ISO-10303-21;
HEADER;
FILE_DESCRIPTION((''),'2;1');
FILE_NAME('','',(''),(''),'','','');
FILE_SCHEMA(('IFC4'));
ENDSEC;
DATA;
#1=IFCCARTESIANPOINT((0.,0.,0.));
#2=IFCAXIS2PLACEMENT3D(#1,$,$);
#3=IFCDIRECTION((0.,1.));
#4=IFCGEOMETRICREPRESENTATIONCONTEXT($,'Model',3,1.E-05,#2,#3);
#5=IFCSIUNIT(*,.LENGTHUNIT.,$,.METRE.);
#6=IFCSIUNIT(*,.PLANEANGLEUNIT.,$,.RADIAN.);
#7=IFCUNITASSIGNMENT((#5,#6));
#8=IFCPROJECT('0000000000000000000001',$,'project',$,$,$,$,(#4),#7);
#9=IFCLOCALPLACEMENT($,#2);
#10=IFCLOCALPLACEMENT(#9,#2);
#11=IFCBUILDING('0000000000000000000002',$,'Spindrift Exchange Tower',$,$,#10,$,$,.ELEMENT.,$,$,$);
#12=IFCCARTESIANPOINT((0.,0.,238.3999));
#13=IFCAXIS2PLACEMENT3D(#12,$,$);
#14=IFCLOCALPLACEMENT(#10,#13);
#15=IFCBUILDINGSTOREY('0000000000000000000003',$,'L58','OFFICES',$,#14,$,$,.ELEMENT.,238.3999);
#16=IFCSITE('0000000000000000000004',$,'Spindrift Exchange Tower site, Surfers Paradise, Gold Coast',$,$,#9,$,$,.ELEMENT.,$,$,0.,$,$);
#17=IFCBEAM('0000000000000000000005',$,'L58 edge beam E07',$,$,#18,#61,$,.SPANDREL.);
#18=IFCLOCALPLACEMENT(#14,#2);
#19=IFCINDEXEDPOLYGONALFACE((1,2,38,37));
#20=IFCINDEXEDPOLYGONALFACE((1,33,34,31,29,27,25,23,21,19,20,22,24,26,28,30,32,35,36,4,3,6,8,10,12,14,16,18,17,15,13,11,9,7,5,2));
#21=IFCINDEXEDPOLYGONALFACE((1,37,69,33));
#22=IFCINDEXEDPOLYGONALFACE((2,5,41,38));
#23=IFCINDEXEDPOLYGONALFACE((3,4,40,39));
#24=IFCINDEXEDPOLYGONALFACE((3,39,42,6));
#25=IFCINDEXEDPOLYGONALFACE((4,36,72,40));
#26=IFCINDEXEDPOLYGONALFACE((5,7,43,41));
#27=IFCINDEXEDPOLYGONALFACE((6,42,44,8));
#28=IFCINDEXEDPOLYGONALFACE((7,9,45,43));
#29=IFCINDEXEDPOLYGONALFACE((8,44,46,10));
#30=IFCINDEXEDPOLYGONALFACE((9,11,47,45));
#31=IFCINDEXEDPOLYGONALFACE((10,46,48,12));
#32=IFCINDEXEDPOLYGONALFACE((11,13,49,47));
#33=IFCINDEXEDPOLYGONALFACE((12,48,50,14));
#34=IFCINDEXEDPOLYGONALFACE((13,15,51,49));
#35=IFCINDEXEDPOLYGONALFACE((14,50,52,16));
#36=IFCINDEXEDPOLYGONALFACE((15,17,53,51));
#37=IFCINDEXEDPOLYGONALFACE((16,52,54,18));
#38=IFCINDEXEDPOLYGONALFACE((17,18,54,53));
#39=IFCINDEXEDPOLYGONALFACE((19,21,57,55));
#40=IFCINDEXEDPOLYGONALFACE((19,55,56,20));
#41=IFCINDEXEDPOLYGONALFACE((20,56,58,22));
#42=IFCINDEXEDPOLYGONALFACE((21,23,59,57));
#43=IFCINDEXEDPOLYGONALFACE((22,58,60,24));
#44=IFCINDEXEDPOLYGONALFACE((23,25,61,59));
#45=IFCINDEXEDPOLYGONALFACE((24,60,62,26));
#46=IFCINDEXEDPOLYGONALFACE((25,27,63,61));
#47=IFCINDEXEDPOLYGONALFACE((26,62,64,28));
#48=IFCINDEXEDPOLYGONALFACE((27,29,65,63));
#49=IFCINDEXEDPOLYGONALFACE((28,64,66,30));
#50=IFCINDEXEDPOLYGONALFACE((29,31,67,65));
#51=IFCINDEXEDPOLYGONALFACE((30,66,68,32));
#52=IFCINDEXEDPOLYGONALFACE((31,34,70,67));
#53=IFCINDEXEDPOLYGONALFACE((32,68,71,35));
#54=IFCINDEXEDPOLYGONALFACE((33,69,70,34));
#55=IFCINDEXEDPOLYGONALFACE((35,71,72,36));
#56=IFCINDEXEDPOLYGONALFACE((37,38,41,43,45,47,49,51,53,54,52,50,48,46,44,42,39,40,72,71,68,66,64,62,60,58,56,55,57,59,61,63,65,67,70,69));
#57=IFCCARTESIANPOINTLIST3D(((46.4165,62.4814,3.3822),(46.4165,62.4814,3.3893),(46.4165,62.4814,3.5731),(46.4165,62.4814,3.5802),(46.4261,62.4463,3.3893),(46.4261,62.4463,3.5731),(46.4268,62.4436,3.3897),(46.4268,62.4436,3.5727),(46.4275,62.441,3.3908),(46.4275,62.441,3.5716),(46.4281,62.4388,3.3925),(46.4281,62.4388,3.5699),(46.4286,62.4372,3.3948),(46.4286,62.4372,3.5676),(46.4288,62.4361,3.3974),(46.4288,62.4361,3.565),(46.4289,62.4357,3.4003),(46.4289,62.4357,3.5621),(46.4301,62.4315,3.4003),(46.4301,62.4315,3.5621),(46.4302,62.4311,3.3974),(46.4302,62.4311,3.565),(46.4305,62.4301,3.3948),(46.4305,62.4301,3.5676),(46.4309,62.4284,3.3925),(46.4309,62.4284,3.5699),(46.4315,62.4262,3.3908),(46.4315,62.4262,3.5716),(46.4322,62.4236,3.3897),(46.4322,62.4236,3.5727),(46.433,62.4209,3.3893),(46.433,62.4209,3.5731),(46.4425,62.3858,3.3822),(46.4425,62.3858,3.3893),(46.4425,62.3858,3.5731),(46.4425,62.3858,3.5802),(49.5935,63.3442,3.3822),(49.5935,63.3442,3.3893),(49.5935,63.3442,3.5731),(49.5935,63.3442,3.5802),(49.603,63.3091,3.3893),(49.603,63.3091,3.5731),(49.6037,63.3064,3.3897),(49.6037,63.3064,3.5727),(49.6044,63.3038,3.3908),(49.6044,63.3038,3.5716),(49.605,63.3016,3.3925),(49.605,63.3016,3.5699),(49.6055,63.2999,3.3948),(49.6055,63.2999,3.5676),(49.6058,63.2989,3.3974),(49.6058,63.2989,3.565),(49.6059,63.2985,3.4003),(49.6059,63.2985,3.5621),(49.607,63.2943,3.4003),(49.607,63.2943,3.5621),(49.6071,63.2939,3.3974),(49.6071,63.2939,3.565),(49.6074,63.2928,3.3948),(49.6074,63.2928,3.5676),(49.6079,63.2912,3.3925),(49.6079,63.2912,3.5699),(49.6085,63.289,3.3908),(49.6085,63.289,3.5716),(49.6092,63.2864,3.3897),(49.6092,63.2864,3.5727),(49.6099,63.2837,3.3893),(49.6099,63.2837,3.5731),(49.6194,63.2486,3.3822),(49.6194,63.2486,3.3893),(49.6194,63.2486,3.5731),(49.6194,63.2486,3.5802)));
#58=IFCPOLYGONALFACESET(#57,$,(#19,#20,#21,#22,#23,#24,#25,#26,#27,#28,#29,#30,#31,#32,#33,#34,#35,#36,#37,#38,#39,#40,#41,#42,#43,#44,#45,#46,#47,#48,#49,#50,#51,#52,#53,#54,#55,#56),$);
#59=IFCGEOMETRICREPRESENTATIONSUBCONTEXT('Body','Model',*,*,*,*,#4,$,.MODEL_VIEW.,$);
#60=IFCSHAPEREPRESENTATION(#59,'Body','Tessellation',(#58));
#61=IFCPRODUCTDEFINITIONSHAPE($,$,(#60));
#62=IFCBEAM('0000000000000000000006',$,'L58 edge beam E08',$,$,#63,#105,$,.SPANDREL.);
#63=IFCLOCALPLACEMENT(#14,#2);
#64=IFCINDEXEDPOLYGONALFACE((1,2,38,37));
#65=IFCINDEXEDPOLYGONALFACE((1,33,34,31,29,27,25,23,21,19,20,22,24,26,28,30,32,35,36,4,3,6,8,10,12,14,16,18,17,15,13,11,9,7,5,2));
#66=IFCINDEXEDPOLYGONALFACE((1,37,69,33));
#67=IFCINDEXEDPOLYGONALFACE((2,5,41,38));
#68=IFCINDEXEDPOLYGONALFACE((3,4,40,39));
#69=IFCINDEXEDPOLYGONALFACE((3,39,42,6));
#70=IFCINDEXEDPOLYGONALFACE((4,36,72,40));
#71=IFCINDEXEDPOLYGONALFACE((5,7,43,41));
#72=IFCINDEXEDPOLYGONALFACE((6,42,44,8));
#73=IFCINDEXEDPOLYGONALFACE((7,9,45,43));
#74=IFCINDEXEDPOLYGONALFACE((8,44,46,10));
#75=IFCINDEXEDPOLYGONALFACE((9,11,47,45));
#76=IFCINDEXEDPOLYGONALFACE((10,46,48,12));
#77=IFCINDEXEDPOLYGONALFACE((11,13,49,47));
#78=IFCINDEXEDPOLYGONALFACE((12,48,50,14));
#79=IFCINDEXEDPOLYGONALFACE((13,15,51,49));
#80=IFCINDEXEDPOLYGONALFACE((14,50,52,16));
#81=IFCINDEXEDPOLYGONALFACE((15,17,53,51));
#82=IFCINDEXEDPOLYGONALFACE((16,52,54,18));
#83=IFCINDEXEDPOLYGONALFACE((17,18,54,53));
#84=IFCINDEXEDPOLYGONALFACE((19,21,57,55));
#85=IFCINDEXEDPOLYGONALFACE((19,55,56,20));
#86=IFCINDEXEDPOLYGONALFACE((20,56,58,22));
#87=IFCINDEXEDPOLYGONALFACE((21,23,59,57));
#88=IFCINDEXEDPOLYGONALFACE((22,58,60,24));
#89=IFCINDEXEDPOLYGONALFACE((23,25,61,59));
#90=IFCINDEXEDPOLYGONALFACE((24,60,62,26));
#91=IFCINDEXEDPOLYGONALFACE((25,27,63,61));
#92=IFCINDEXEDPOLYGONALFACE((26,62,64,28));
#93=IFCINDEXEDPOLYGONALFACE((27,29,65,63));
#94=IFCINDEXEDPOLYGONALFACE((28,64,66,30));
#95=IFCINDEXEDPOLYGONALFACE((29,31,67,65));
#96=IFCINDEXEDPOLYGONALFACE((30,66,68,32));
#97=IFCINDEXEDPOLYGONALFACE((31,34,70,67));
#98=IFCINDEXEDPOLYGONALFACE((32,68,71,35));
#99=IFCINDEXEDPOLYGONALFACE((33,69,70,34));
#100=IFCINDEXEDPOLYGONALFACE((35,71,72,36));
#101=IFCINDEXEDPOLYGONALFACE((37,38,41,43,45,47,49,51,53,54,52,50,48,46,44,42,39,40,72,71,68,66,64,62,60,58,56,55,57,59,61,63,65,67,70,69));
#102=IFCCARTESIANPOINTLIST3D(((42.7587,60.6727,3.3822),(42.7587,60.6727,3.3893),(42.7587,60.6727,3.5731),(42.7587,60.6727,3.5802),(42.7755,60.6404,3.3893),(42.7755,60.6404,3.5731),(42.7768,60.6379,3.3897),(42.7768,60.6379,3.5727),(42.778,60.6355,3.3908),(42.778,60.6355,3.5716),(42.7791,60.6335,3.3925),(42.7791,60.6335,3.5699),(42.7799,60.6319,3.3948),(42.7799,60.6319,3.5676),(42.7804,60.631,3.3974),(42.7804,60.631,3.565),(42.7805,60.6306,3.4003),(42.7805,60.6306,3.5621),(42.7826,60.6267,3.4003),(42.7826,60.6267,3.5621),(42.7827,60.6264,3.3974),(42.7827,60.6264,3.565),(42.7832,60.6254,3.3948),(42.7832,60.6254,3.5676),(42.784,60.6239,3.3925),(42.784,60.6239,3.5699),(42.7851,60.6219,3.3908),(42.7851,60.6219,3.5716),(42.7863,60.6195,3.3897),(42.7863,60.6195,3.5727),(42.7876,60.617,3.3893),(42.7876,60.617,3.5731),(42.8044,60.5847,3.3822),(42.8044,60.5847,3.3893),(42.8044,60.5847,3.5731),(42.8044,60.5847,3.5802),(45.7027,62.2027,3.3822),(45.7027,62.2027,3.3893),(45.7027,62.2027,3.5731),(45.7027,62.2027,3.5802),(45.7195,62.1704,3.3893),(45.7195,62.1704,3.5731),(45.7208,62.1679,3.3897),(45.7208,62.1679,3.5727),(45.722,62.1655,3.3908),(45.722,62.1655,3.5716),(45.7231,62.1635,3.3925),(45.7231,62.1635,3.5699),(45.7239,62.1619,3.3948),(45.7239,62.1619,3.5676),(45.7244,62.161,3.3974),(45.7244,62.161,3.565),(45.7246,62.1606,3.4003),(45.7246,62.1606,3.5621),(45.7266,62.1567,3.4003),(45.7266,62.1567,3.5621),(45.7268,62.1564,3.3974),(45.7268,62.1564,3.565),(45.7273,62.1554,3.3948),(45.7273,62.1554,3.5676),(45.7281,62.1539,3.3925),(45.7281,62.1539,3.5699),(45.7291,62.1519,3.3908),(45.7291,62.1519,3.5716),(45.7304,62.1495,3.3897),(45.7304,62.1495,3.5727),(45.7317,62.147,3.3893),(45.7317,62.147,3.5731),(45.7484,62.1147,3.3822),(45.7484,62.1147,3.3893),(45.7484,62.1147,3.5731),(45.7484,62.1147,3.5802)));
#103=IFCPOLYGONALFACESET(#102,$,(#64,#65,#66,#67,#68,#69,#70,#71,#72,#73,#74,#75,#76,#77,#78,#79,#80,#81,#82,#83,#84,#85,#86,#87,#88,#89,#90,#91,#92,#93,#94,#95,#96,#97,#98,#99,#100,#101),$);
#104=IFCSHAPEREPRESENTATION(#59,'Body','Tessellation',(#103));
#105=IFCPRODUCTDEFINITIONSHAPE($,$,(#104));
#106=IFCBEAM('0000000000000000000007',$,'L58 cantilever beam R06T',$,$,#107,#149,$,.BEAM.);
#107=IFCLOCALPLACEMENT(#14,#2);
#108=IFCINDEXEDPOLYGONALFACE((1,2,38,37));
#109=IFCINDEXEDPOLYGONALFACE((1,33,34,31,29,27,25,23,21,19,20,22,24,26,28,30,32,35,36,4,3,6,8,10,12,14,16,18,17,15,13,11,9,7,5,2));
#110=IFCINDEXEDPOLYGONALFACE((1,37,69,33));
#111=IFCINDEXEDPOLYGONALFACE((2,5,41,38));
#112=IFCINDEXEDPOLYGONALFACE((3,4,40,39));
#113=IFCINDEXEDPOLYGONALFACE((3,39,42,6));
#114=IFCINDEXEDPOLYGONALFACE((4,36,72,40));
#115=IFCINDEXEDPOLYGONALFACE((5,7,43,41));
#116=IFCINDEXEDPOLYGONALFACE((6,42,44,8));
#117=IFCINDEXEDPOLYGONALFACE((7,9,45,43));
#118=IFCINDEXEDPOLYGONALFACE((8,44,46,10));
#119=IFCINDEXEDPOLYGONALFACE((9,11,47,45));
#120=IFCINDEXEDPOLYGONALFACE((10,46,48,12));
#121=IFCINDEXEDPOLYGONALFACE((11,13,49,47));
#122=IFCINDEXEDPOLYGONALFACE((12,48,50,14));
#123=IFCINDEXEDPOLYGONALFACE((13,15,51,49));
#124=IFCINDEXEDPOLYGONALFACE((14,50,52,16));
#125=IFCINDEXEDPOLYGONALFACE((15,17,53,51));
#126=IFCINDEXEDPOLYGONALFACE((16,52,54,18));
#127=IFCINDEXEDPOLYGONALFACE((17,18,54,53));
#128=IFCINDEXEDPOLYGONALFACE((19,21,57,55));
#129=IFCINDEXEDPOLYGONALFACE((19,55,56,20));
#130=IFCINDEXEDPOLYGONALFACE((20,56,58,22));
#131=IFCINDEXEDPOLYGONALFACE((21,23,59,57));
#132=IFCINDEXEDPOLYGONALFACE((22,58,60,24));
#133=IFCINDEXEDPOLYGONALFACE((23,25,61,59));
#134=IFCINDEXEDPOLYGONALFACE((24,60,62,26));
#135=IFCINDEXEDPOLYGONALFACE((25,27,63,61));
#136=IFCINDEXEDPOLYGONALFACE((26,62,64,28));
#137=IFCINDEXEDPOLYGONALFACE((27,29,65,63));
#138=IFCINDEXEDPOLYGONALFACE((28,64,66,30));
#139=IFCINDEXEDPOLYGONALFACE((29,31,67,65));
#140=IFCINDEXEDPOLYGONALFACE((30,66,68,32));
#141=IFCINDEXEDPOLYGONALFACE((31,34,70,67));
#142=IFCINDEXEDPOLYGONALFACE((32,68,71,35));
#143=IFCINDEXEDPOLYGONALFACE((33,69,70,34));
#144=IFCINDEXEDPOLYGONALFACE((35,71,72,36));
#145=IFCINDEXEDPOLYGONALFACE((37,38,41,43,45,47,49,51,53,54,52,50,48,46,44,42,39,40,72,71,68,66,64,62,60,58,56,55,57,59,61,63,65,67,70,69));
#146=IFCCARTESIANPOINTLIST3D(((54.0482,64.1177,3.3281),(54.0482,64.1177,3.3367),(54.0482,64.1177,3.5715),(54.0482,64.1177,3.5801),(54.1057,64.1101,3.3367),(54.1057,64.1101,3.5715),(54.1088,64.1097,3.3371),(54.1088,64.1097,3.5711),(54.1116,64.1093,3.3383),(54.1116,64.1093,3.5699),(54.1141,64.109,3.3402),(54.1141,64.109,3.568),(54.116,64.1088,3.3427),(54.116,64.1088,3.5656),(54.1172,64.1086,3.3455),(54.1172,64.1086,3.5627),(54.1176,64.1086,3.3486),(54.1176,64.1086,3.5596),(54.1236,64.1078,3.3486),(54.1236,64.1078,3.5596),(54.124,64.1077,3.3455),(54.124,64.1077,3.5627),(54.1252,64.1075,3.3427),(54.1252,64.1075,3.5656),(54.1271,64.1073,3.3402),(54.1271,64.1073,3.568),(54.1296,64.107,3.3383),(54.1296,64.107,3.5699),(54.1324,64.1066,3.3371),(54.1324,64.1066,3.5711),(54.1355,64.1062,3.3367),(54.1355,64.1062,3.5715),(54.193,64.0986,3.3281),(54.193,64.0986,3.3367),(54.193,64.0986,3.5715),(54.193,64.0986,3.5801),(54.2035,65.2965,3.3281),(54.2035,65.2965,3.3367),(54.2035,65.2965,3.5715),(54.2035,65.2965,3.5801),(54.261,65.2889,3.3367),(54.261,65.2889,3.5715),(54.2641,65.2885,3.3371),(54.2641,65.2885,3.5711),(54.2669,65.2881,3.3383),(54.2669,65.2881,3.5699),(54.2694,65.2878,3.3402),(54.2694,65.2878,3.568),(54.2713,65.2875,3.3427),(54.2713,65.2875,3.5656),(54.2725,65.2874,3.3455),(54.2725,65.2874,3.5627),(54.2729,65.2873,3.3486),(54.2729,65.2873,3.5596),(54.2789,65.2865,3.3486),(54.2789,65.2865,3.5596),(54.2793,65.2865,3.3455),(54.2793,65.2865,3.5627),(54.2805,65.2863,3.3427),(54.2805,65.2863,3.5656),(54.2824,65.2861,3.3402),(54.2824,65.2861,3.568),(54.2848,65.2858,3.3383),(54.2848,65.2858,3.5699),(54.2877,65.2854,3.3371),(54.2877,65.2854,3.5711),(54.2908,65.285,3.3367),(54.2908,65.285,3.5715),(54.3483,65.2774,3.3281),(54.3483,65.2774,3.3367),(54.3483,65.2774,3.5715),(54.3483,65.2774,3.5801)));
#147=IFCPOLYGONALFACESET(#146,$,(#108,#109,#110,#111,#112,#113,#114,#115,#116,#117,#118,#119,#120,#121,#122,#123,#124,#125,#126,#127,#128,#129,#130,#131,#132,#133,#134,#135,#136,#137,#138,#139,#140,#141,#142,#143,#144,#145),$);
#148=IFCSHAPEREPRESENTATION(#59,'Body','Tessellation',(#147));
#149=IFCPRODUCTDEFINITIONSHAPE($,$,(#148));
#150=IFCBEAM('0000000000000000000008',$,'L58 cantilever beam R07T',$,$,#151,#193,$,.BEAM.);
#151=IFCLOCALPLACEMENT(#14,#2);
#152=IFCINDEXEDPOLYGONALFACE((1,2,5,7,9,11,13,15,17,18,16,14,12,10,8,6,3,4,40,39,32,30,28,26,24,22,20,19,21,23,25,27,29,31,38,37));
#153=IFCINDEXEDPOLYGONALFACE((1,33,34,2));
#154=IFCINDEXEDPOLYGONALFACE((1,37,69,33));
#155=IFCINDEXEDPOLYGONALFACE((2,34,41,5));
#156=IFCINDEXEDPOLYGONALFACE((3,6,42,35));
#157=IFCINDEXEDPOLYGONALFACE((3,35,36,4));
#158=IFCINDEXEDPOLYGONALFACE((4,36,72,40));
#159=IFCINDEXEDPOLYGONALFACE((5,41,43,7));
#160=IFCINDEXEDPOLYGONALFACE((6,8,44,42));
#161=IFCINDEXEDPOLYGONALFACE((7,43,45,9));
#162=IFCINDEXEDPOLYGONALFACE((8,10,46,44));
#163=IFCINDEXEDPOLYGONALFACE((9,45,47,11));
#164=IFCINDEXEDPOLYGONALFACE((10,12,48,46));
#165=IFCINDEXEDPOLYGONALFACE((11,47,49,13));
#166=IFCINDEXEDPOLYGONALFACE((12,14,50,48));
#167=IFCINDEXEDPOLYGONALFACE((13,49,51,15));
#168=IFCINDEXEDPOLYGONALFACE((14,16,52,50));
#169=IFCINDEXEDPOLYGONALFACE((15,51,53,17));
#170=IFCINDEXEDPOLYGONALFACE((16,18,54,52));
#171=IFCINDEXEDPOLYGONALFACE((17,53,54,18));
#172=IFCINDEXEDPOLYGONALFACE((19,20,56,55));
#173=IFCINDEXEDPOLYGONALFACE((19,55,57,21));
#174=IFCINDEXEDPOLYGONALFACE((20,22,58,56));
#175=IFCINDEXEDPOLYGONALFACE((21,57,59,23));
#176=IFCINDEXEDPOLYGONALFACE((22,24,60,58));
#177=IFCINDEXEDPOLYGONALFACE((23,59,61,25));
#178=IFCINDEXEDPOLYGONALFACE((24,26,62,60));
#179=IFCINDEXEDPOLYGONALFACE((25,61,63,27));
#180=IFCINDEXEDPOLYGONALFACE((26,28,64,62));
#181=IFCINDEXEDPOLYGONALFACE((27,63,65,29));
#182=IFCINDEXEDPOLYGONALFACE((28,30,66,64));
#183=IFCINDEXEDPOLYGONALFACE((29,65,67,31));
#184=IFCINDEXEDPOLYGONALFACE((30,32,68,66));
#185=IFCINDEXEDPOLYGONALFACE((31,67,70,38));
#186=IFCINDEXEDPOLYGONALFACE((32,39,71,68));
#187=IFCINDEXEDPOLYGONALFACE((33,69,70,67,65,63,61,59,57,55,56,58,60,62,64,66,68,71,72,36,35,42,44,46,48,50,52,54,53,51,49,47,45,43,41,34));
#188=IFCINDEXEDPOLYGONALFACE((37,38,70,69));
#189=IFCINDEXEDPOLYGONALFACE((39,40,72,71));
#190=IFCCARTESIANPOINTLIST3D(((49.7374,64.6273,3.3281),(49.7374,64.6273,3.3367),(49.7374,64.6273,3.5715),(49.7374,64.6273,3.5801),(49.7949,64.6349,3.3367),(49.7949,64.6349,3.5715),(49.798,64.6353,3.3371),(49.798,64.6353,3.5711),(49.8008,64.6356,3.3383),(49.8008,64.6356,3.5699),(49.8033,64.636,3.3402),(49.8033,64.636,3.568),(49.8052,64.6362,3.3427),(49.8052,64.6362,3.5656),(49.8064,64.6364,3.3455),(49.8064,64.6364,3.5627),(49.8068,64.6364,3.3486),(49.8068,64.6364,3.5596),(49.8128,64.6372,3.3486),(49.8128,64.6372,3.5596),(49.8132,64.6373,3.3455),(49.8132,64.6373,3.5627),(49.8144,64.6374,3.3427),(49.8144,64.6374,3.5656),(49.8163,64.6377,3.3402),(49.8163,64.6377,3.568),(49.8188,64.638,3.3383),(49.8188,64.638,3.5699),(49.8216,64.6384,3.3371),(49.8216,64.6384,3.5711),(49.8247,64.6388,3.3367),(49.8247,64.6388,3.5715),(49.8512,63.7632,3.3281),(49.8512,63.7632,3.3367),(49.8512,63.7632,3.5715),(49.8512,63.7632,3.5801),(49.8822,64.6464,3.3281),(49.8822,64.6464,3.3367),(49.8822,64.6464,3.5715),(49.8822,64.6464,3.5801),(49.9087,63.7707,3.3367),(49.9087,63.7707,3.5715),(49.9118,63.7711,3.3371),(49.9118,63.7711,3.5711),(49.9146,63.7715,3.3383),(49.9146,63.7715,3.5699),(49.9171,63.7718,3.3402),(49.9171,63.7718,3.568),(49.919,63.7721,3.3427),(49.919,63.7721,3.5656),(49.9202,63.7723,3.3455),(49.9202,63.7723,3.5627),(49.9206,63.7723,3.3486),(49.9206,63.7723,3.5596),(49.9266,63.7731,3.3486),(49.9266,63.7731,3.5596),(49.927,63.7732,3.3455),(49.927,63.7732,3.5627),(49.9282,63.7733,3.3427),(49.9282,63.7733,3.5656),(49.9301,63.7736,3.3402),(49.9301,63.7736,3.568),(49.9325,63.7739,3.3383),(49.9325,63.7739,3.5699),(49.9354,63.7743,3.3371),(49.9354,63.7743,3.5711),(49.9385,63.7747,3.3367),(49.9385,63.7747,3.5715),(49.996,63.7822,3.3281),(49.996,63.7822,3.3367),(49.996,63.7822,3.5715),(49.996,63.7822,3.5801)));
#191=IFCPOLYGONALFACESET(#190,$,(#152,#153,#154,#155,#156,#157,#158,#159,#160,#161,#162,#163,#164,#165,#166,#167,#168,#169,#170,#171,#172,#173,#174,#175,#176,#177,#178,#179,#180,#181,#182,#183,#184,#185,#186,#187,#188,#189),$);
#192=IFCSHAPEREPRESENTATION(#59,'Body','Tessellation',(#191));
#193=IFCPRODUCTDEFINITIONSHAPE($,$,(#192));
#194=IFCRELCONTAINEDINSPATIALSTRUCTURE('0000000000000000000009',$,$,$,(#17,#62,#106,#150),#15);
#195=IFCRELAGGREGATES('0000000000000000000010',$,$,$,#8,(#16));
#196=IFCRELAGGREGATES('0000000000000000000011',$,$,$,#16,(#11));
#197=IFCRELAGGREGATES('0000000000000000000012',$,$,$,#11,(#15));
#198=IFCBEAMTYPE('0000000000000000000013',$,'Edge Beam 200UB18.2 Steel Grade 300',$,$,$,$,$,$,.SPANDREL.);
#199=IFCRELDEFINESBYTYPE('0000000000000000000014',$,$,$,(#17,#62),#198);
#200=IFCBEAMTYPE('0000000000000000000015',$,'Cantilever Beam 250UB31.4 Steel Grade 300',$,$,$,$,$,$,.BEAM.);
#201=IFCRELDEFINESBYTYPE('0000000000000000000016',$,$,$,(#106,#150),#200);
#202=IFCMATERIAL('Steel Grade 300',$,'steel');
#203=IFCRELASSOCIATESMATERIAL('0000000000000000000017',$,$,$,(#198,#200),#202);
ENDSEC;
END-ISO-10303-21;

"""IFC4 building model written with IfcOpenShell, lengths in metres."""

from ifc_helpers import new_model, si_unit, direction, frame, origin, origin_2d, place, context, subcontext, project, spatial, i_section, extrude, source, transform, mapped, material, material_profile, profile_set, type_object, element, save


model = new_model("IFC4")

# Units and contexts
model_context = context("Model", 3, precision=1e-05, world=origin(), true_north=direction((0.0, 1.0)))
body_context = subcontext(model_context, "Body", "Model", "MODEL_VIEW")
ifc_project = project(units=[si_unit("LENGTHUNIT", "METRE"), si_unit("PLANEANGLEUNIT", "RADIAN")], contexts=[model_context])

# Site, building, storey
site_placement = place(None, origin())
site = spatial("IfcSite", under=ifc_project, at=site_placement, Name="Spindrift Exchange Tower site, Surfers Paradise, Gold Coast", CompositionType="ELEMENT", RefElevation=0.0)
building_placement = place(site_placement, origin())
building = spatial("IfcBuilding", under=site, at=building_placement, Name="Spindrift Exchange Tower", CompositionType="ELEMENT")
storey_placement = place(building_placement, frame((0.0, 0.0, 238.3999)))
storey = spatial("IfcBuildingStorey", under=building, at=storey_placement, Name="L58", Description="OFFICES", CompositionType="ELEMENT", Elevation=238.3999)

# Beams
ifc_material_1 = material(Name="Steel Grade 300", Category="steel")
ifc_material_profile_1 = material_profile(ifc_material_1, i_section(OverallWidth=0.0991, OverallDepth=0.198, WebThickness=0.0044, FlangeThickness=0.0071, FilletRadius=0.011, at=origin_2d()), Name="200UB18.2")
ifc_profile_set_1 = profile_set([ifc_material_profile_1], Name="Steel Grade 300")
beam_type_1 = type_object("IfcBeamType", Name="Edge Beam 200UB18.2 Steel Grade 300", PredefinedType="SPANDREL", material=ifc_profile_set_1)
shared_shape_1 = source(origin(), body_context, "Body", "SweptSolid", [
    extrude(i_section(OverallWidth=0.0991, OverallDepth=0.198, WebThickness=0.0044, FlangeThickness=0.0071, FilletRadius=0.011, at=origin_2d()), origin(), (0.0, 0.0, 1.0), 3.292),
])
beam_1_placement = place(storey_placement, frame((49.6064, 63.2964, 3.4812), z_axis=(-0.965046, -0.262082, 0.0), x_axis=(0.262082, -0.965046, 0.0)))
element("IfcBeam", 1, at=beam_1_placement, inside=storey, type_object=beam_type_1, Name="L58 edge beam E07", PredefinedType="SPANDREL", context=body_context, shape_type="MappedRepresentation", body=[
    mapped(shared_shape_1, transform((0.0, 0.0, 0.0), scale=1.0)),
])
shared_shape_2 = source(origin(), body_context, "Body", "SweptSolid", [
    extrude(i_section(OverallWidth=0.0991, OverallDepth=0.198, WebThickness=0.0044, FlangeThickness=0.0071, FilletRadius=0.011, at=origin_2d()), origin(), (0.0, 0.0, 1.0), 3.3179),
])
beam_2_placement = place(storey_placement, frame((45.7256, 62.1587, 3.4812), z_axis=(-0.887328, -0.46114, 0.0), x_axis=(0.46114, -0.887328, 0.0)))
element("IfcBeam", 2, at=beam_2_placement, inside=storey, type_object=beam_type_1, Name="L58 edge beam E08", PredefinedType="SPANDREL", context=body_context, shape_type="MappedRepresentation", body=[
    mapped(shared_shape_2, transform((0.0, 0.0, 0.0), scale=1.0)),
])
ifc_material_profile_2 = material_profile(ifc_material_1, i_section(OverallWidth=0.146, OverallDepth=0.252, WebThickness=0.0061, FlangeThickness=0.0085, FilletRadius=0.012, at=origin_2d()), Name="250UB31.4")
ifc_profile_set_2 = profile_set([ifc_material_profile_2], Name="Steel Grade 300")
beam_type_2 = type_object("IfcBeamType", Name="Cantilever Beam 250UB31.4 Steel Grade 300", PredefinedType="BEAM", material=ifc_profile_set_2)
shared_shape_3 = source(origin(), body_context, "Body", "SweptSolid", [
    extrude(i_section(OverallWidth=0.146, OverallDepth=0.252, WebThickness=0.0061, FlangeThickness=0.0085, FilletRadius=0.012, at=origin_2d()), origin(), (0.0, 0.0, 1.0), 1.189),
])
beam_3_placement = place(storey_placement, frame((54.1206, 64.1082, 3.4541), z_axis=(0.130603, 0.991435, 0.0), x_axis=(-0.991435, 0.130603, 0.0)))
element("IfcBeam", 3, at=beam_3_placement, inside=storey, type_object=beam_type_2, Name="L58 cantilever beam R06T", PredefinedType="BEAM", context=body_context, shape_type="MappedRepresentation", body=[
    mapped(shared_shape_3, transform((0.0, 0.0, 0.0), scale=1.0)),
])
shared_shape_4 = source(origin(), body_context, "Body", "SweptSolid", [
    extrude(i_section(OverallWidth=0.146, OverallDepth=0.252, WebThickness=0.0061, FlangeThickness=0.0085, FilletRadius=0.012, at=origin_2d()), origin(), (0.0, 0.0, 1.0), 0.8716),
])
beam_4_placement = place(storey_placement, frame((49.9236, 63.7727, 3.4541), z_axis=(-0.130549, 0.991442, 0.0), x_axis=(-0.991442, -0.130549, 0.0)))
element("IfcBeam", 4, at=beam_4_placement, inside=storey, type_object=beam_type_2, Name="L58 cantilever beam R07T", PredefinedType="BEAM", context=body_context, shape_type="MappedRepresentation", body=[
    mapped(shared_shape_4, transform((0.0, 0.0, 0.0), scale=1.0)),
])

save(model, "model.ifc")
